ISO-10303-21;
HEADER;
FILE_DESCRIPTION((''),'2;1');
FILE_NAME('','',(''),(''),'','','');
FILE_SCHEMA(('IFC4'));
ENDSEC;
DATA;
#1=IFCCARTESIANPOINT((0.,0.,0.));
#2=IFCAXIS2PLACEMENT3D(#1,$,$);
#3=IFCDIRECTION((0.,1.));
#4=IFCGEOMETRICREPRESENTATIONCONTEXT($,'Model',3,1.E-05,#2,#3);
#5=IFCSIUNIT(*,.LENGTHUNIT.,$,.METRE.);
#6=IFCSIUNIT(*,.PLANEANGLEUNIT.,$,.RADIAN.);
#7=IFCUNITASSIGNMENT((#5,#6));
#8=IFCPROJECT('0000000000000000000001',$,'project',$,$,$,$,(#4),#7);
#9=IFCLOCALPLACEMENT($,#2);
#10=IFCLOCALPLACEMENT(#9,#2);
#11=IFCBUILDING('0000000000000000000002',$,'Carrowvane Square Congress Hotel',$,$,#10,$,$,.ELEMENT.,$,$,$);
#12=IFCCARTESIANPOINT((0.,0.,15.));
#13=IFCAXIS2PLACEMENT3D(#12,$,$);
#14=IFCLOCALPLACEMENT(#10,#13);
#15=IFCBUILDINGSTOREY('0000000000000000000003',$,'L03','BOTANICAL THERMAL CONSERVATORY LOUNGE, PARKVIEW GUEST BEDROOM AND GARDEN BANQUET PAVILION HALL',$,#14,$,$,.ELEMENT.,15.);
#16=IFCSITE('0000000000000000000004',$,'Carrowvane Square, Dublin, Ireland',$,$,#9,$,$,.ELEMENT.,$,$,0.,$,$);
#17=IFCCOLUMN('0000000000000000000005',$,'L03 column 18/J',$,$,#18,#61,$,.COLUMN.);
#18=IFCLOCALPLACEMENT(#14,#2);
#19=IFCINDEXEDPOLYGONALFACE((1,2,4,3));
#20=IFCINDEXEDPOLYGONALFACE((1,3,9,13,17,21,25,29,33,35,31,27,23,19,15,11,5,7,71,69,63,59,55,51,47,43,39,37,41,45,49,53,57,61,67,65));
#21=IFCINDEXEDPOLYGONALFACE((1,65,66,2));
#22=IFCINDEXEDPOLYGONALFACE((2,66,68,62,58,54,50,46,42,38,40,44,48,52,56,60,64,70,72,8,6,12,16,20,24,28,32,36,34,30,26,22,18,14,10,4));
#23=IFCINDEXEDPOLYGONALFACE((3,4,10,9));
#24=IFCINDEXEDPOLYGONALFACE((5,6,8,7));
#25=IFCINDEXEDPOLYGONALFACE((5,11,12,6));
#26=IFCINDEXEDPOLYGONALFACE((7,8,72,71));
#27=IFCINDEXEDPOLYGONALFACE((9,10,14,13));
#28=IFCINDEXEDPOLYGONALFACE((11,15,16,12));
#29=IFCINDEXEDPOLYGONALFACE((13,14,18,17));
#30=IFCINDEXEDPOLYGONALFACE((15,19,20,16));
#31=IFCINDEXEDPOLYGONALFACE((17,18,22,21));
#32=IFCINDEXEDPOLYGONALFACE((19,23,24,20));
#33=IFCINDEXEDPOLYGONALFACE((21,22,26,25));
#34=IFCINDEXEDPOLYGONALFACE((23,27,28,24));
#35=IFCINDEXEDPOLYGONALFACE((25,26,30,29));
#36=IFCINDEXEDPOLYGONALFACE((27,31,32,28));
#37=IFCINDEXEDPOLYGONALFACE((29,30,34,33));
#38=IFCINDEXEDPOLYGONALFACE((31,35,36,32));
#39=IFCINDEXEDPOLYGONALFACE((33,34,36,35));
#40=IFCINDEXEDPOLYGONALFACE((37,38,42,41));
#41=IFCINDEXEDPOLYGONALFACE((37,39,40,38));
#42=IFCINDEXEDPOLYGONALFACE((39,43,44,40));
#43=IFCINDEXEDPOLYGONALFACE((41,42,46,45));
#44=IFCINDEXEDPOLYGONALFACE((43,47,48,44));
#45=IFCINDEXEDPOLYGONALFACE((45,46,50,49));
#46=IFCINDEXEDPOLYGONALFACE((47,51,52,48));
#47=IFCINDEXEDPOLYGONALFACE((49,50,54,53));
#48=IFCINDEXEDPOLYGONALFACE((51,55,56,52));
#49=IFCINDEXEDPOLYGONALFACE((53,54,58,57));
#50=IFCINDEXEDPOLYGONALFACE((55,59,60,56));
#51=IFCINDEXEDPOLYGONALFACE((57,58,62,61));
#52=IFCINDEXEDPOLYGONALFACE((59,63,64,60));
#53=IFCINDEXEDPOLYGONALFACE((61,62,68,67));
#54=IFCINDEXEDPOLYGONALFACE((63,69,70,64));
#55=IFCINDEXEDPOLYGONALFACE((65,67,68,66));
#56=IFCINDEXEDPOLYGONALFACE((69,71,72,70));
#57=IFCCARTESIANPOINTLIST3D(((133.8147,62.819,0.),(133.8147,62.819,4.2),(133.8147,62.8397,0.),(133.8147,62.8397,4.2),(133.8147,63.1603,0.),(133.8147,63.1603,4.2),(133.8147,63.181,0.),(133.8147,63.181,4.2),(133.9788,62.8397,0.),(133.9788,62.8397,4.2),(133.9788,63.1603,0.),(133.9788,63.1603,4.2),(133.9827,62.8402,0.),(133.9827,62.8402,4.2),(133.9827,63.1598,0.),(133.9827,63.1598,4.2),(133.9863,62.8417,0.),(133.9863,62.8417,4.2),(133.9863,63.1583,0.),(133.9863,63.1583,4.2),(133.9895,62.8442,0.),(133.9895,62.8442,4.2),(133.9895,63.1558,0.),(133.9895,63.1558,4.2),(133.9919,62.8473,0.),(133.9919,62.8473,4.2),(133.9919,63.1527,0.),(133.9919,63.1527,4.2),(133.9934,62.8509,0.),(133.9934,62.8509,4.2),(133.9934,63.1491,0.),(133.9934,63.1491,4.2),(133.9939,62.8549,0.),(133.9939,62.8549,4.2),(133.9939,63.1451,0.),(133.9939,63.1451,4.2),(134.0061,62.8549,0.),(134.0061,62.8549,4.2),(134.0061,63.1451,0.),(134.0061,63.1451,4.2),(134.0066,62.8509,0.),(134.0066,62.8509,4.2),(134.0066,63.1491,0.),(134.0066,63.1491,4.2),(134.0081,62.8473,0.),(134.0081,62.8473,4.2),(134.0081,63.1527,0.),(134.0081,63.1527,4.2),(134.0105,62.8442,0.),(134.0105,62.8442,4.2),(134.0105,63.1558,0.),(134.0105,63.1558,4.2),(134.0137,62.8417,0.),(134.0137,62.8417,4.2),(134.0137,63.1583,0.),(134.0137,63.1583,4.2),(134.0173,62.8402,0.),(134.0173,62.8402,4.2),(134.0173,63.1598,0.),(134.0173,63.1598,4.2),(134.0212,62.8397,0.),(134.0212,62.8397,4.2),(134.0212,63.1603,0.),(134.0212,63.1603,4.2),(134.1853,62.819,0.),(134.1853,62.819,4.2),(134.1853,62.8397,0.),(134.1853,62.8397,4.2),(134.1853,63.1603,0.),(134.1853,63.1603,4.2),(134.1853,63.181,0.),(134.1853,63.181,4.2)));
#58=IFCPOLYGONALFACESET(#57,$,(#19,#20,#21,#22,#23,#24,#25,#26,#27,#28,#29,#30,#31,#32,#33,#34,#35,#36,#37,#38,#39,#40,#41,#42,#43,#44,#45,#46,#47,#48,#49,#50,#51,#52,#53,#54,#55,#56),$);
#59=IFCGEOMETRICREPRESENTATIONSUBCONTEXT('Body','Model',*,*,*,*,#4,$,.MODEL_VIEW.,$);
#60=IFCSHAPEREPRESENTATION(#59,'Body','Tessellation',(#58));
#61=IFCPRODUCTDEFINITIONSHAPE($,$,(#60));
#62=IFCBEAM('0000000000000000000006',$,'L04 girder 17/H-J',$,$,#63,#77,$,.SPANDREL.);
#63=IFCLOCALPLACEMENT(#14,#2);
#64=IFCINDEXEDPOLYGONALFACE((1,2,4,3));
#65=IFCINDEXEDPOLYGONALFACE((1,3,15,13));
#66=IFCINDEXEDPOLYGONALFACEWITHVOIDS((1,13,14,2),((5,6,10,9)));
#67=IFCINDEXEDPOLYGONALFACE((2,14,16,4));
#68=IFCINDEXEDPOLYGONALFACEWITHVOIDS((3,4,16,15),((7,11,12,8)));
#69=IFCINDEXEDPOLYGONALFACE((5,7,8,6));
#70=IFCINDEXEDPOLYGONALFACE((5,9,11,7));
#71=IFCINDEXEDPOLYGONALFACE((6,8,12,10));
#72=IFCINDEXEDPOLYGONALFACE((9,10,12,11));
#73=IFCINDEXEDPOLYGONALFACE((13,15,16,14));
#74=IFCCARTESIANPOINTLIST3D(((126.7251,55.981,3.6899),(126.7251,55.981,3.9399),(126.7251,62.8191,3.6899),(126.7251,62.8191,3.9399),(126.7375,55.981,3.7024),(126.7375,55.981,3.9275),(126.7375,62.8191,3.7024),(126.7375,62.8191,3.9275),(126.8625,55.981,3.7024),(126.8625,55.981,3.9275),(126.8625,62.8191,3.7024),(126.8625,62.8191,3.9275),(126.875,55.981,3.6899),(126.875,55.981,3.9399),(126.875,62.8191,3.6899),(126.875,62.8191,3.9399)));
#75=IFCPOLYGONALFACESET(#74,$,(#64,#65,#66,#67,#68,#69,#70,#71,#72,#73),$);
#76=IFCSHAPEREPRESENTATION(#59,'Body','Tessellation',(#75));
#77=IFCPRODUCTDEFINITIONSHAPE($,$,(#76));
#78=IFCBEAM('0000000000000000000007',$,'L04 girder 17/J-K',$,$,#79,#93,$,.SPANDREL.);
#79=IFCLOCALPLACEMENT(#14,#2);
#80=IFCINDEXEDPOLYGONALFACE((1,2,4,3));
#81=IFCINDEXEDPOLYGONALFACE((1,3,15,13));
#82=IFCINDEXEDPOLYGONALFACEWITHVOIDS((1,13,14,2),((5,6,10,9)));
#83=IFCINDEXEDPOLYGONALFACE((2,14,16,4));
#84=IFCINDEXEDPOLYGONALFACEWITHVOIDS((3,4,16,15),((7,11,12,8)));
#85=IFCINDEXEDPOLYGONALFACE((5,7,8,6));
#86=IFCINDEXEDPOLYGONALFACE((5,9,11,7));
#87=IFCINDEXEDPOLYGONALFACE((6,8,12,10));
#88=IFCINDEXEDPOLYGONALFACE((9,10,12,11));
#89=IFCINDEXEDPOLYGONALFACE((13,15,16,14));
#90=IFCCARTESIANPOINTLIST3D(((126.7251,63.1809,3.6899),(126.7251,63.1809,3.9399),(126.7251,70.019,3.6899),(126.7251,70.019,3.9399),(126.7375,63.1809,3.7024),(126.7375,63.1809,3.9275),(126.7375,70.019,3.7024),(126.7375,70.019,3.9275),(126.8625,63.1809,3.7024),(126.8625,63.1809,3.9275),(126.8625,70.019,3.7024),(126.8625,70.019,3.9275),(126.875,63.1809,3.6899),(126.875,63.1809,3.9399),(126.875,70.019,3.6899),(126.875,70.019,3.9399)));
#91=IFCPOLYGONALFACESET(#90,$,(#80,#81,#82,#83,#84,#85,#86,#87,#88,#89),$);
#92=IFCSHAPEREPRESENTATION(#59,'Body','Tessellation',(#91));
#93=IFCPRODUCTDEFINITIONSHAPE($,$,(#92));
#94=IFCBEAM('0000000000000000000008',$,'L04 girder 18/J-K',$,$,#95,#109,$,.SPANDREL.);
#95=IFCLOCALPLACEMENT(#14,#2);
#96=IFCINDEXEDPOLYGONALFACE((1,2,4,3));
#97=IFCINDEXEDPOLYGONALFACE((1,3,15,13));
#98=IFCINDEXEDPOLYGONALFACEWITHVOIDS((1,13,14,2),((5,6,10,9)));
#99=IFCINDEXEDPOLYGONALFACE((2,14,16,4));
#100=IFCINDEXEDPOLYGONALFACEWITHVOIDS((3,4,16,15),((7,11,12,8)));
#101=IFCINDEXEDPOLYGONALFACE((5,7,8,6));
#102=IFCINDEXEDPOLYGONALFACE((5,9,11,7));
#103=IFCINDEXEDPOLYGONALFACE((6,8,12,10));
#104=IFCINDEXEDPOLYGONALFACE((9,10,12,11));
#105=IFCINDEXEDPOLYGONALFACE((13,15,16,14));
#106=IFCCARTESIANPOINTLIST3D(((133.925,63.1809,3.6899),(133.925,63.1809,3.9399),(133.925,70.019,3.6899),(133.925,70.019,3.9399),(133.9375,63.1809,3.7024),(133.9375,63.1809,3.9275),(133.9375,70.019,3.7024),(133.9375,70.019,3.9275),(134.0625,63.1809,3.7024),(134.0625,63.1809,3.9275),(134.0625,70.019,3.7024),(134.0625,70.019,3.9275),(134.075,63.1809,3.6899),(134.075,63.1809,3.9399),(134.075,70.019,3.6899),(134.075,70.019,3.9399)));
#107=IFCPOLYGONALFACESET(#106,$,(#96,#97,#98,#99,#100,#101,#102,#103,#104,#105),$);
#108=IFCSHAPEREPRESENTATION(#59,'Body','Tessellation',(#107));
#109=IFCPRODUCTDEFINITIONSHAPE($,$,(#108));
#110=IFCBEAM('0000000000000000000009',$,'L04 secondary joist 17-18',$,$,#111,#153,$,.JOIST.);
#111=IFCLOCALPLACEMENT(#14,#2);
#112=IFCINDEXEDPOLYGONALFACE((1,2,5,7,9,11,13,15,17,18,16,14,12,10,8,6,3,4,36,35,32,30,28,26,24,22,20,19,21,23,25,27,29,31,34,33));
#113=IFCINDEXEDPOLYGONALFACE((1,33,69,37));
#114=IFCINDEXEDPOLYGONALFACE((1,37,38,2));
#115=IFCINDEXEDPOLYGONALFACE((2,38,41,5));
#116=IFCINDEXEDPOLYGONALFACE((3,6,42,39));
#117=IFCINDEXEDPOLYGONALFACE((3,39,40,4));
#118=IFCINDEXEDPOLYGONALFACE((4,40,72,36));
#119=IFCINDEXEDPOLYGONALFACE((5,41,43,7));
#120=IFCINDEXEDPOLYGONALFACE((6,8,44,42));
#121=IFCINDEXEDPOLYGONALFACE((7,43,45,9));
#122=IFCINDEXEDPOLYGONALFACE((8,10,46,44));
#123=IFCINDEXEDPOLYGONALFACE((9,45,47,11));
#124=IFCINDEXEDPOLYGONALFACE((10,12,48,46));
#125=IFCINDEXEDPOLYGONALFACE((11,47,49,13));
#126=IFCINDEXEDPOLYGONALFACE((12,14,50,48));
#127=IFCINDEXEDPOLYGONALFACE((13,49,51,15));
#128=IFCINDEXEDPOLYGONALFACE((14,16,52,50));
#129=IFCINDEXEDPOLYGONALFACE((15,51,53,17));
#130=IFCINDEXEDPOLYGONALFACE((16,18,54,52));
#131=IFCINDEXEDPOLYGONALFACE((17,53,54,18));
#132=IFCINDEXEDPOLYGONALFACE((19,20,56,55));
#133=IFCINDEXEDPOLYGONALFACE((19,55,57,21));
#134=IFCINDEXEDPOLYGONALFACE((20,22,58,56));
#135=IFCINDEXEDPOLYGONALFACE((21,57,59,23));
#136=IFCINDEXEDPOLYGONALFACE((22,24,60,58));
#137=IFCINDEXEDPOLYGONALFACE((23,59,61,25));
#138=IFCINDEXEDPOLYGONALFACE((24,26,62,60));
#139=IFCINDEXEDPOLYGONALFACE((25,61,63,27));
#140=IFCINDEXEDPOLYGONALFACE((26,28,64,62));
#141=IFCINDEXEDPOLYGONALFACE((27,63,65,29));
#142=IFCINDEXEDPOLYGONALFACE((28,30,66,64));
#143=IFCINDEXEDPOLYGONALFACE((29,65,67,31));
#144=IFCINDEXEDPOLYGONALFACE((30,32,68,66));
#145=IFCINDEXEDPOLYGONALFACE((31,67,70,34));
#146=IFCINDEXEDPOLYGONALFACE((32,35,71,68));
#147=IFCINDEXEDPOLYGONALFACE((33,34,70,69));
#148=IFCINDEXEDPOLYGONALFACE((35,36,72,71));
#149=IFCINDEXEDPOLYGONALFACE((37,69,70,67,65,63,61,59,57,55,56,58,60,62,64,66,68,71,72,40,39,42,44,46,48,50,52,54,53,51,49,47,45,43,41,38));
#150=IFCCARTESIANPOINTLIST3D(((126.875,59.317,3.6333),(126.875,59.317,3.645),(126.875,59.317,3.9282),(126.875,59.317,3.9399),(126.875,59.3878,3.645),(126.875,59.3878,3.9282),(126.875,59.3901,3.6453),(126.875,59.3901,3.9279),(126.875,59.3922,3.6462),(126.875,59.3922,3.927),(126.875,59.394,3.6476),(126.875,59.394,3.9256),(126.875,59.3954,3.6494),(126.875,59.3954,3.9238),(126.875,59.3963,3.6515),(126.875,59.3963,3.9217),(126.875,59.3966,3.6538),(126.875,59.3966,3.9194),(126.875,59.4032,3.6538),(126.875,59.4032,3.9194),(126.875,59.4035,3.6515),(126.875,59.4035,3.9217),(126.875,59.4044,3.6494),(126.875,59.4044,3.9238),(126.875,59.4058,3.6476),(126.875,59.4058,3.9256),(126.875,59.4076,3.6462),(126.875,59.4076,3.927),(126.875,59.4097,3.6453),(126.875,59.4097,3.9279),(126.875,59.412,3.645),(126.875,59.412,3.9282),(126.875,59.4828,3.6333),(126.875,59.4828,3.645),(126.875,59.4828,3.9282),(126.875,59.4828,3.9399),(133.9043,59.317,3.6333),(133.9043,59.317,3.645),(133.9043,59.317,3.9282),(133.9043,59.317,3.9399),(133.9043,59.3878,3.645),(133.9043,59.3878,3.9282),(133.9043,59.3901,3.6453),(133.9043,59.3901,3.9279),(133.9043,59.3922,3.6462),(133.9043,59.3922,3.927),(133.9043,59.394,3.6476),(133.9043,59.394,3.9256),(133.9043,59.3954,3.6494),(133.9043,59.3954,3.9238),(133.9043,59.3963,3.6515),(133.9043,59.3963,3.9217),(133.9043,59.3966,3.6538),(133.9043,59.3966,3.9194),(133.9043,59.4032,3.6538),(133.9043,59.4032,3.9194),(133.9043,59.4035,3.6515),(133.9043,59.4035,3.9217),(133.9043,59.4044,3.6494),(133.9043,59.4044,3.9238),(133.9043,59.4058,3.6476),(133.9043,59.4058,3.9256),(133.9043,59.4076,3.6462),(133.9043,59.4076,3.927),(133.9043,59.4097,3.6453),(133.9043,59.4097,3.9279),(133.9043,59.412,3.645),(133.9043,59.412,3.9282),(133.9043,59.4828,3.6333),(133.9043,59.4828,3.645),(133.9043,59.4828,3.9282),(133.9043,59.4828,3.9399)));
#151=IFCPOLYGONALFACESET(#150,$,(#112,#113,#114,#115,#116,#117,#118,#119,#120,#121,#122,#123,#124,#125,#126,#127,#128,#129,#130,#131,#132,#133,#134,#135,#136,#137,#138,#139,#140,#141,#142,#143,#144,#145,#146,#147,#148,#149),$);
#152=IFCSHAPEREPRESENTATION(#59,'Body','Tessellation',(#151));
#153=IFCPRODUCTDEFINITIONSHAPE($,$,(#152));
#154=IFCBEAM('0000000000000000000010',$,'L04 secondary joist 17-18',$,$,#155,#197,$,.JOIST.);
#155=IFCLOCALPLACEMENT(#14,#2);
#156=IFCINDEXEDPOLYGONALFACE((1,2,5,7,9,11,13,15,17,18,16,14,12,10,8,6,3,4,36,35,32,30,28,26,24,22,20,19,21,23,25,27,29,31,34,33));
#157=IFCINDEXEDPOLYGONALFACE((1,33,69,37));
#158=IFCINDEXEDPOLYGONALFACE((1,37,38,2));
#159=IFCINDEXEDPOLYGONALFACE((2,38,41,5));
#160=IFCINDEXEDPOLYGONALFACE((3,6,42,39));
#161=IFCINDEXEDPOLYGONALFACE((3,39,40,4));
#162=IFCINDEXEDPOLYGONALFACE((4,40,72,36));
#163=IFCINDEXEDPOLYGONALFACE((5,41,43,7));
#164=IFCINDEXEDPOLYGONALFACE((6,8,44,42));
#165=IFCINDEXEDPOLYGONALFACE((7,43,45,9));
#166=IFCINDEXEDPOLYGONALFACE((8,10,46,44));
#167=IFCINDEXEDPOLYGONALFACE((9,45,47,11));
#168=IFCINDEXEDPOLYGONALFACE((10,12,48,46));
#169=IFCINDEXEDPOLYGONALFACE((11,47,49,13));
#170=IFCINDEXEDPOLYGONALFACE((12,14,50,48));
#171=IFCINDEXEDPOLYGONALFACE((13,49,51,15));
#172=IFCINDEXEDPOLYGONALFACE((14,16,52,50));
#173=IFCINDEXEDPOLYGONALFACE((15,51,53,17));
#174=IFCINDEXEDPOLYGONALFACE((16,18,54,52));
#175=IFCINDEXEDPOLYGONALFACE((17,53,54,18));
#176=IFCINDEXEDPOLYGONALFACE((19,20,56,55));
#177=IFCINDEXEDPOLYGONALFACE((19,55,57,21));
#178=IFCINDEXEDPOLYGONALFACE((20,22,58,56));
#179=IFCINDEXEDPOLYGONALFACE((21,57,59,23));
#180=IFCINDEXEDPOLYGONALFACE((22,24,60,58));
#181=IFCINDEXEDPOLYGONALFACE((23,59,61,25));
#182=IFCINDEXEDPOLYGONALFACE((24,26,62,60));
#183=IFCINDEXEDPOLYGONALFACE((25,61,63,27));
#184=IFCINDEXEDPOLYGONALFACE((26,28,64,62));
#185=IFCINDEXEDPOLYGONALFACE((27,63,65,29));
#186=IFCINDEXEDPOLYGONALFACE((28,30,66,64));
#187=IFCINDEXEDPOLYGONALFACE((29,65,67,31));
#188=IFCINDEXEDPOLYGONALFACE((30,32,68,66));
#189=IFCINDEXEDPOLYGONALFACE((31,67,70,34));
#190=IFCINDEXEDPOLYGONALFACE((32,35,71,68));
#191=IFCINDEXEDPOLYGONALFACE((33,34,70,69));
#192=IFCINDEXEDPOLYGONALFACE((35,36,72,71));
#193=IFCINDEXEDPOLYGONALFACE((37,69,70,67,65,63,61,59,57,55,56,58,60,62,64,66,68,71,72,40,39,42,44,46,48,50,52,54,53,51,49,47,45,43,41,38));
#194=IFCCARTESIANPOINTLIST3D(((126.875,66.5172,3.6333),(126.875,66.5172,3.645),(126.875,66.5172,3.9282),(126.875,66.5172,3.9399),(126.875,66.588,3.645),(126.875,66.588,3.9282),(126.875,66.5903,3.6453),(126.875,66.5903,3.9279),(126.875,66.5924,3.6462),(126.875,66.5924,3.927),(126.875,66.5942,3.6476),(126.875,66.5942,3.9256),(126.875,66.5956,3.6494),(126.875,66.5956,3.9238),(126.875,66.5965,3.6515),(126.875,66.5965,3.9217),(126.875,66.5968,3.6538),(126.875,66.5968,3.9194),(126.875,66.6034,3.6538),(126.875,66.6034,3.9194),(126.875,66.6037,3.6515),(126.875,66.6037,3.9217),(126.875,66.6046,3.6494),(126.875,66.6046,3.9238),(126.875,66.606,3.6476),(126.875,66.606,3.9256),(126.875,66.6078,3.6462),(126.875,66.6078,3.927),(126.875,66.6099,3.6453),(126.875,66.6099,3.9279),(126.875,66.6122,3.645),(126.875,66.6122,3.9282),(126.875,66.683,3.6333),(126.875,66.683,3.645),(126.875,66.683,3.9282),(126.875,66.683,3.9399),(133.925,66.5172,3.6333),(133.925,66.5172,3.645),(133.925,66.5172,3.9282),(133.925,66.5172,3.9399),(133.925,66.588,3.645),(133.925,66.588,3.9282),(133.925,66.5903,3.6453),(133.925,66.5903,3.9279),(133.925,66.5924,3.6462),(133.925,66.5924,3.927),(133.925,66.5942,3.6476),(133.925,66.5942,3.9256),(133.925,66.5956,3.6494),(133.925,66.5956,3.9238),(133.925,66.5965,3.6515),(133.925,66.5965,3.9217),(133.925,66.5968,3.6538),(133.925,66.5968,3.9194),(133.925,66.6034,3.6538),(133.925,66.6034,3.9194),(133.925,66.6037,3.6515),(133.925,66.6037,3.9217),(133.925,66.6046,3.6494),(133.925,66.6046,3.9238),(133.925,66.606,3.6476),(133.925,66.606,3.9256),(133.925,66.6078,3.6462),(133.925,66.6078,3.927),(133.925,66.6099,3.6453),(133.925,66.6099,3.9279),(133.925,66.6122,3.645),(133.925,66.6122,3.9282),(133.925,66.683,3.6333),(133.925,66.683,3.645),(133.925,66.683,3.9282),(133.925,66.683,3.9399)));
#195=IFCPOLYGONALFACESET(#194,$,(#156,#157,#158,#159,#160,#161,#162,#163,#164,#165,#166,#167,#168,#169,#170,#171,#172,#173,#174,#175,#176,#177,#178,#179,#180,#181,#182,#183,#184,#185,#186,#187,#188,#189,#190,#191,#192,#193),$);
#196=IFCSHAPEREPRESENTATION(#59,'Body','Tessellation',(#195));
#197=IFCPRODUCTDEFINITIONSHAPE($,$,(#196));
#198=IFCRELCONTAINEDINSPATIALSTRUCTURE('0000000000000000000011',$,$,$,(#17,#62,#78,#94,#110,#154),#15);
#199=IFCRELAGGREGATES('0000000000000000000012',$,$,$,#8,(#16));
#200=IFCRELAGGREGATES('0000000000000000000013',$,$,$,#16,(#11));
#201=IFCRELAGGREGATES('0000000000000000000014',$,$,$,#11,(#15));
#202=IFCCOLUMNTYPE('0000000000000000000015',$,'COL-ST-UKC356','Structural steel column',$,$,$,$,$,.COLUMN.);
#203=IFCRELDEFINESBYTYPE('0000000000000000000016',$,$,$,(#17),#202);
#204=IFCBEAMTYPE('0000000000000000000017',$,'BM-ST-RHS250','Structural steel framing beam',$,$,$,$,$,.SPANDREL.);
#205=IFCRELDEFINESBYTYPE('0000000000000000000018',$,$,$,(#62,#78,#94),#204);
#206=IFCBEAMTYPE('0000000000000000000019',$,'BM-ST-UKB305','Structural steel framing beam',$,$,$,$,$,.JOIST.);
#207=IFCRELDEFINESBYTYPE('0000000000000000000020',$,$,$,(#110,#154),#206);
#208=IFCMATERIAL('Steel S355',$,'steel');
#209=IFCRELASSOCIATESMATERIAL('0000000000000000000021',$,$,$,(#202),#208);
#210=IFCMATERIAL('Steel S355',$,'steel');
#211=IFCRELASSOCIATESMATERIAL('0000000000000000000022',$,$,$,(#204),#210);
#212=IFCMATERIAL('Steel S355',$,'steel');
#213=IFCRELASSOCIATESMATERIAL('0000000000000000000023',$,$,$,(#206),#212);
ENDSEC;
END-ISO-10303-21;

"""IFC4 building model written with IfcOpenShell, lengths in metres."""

from ifc_helpers import new_model, si_unit, direction, frame, origin, origin_2d, place, context, subcontext, project, spatial, hollow_rectangle, i_section, extrude, material, material_profile, profile_set, type_object, element, save


model = new_model("IFC4")

# Units and contexts
model_context = context("Model", 3, precision=1e-05, world=origin(), true_north=direction((0.0, 1.0)))
body_context = subcontext(model_context, "Body", "Model", "MODEL_VIEW")
ifc_project = project(units=[si_unit("LENGTHUNIT", "METRE"), si_unit("PLANEANGLEUNIT", "RADIAN")], contexts=[model_context])

# Site, building, storey
site_placement = place(None, origin())
site = spatial("IfcSite", under=ifc_project, at=site_placement, Name="Carrowvane Square, Dublin, Ireland", CompositionType="ELEMENT", RefElevation=0.0)
building_placement = place(site_placement, origin())
building = spatial("IfcBuilding", under=site, at=building_placement, Name="Carrowvane Square Congress Hotel", CompositionType="ELEMENT")
storey_placement = place(building_placement, frame((0.0, 0.0, 15.0)))
storey = spatial("IfcBuildingStorey", under=building, at=storey_placement, Name="L03", Description="BOTANICAL THERMAL CONSERVATORY LOUNGE, PARKVIEW GUEST BEDROOM AND GARDEN BANQUET PAVILION HALL", CompositionType="ELEMENT", Elevation=15.0)

# Column
ifc_material_1 = material(Name="Steel S355", Category="steel")
ifc_material_profile_1 = material_profile(ifc_material_1, i_section(OverallWidth=0.3706, OverallDepth=0.3621, WebThickness=0.0122, FlangeThickness=0.0208, FilletRadius=0.0151, at=origin_2d()), Name="UKC 356x368x153")
ifc_profile_set_1 = profile_set([ifc_material_profile_1], Name="Steel S355")
column_type_1 = type_object("IfcColumnType", Name="COL-ST-UKC356", Description="Structural steel column", PredefinedType="COLUMN", material=ifc_profile_set_1)
for number, where, z_axis, x_axis, name in (
    (1, (134.0, 63.0, 0.0), (0.0, 0.0, 1.0), (1.0, 0.0, 0.0), "L03 column 18/J"),
):
    element("IfcColumn", number, at=place(storey_placement, frame(where, z_axis=z_axis, x_axis=x_axis)), inside=storey, type_object=column_type_1, Name=name, PredefinedType="COLUMN", context=body_context, shape_type="SweptSolid", body=[
        extrude(i_section(OverallWidth=0.3706, OverallDepth=0.3621, WebThickness=0.0122, FlangeThickness=0.0208, FilletRadius=0.0151, at=origin_2d()), origin(), (0.0, 0.0, 1.0), 4.2),
    ])

# Beams
ifc_material_2 = material(Name="Steel S355", Category="steel")
ifc_material_profile_2 = material_profile(ifc_material_2, hollow_rectangle(XDim=0.1499, YDim=0.25, WallThickness=0.0125, at=origin_2d()), Name="RHS 250x150x12.5")
ifc_profile_set_2 = profile_set([ifc_material_profile_2], Name="Steel S355")
beam_type_1 = type_object("IfcBeamType", Name="BM-ST-RHS250", Description="Structural steel framing beam", PredefinedType="SPANDREL", material=ifc_profile_set_2)
for number, where, z_axis, x_axis, name in (
    (2, (126.8, 55.981, 3.8149), (0.0, 1.0, 0.0), (-1.0, 0.0, 0.0), "L04 girder 17/H-J"),
    (3, (126.8, 63.1809, 3.8149), (0.0, 1.0, 0.0), (-1.0, 0.0, 0.0), "L04 girder 17/J-K"),
    (4, (134.0, 63.1809, 3.8149), (0.0, 1.0, 0.0), (-1.0, 0.0, 0.0), "L04 girder 18/J-K"),
):
    element("IfcBeam", number, at=place(storey_placement, frame(where, z_axis=z_axis, x_axis=x_axis)), inside=storey, type_object=beam_type_1, Name=name, PredefinedType="SPANDREL", context=body_context, shape_type="SweptSolid", body=[
        extrude(hollow_rectangle(XDim=0.1499, YDim=0.25, WallThickness=0.0125, at=origin_2d()), origin(), (0.0, 0.0, 1.0), 6.8381),
    ])
ifc_material_3 = material(Name="Steel S355", Category="steel")
ifc_material_profile_3 = material_profile(ifc_material_3, i_section(OverallWidth=0.1658, OverallDepth=0.3066, WebThickness=0.0066, FlangeThickness=0.0117, FilletRadius=0.0088, at=origin_2d()), Name="UKB 305x165x46")
ifc_profile_set_3 = profile_set([ifc_material_profile_3], Name="Steel S355")
beam_type_2 = type_object("IfcBeamType", Name="BM-ST-UKB305", Description="Structural steel framing beam", PredefinedType="JOIST", material=ifc_profile_set_3)
beam_1_placement = place(storey_placement, frame((126.875, 59.3999, 3.7866), z_axis=(1.0, 0.0, 0.0), x_axis=(0.0, 1.0, 0.0)))
element("IfcBeam", 5, at=beam_1_placement, inside=storey, type_object=beam_type_2, Name="L04 secondary joist 17-18", PredefinedType="JOIST", context=body_context, shape_type="SweptSolid", body=[
    extrude(i_section(OverallWidth=0.1658, OverallDepth=0.3066, WebThickness=0.0066, FlangeThickness=0.0117, FilletRadius=0.0088, at=origin_2d()), origin(), (0.0, 0.0, 1.0), 7.0293),
])
beam_2_placement = place(storey_placement, frame((126.875, 66.6001, 3.7866), z_axis=(1.0, 0.0, 0.0), x_axis=(0.0, 1.0, 0.0)))
element("IfcBeam", 6, at=beam_2_placement, inside=storey, type_object=beam_type_2, Name="L04 secondary joist 17-18", PredefinedType="JOIST", context=body_context, shape_type="SweptSolid", body=[
    extrude(i_section(OverallWidth=0.1658, OverallDepth=0.3066, WebThickness=0.0066, FlangeThickness=0.0117, FilletRadius=0.0088, at=origin_2d()), origin(), (0.0, 0.0, 1.0), 7.05),
])

save(model, "model.ifc")
